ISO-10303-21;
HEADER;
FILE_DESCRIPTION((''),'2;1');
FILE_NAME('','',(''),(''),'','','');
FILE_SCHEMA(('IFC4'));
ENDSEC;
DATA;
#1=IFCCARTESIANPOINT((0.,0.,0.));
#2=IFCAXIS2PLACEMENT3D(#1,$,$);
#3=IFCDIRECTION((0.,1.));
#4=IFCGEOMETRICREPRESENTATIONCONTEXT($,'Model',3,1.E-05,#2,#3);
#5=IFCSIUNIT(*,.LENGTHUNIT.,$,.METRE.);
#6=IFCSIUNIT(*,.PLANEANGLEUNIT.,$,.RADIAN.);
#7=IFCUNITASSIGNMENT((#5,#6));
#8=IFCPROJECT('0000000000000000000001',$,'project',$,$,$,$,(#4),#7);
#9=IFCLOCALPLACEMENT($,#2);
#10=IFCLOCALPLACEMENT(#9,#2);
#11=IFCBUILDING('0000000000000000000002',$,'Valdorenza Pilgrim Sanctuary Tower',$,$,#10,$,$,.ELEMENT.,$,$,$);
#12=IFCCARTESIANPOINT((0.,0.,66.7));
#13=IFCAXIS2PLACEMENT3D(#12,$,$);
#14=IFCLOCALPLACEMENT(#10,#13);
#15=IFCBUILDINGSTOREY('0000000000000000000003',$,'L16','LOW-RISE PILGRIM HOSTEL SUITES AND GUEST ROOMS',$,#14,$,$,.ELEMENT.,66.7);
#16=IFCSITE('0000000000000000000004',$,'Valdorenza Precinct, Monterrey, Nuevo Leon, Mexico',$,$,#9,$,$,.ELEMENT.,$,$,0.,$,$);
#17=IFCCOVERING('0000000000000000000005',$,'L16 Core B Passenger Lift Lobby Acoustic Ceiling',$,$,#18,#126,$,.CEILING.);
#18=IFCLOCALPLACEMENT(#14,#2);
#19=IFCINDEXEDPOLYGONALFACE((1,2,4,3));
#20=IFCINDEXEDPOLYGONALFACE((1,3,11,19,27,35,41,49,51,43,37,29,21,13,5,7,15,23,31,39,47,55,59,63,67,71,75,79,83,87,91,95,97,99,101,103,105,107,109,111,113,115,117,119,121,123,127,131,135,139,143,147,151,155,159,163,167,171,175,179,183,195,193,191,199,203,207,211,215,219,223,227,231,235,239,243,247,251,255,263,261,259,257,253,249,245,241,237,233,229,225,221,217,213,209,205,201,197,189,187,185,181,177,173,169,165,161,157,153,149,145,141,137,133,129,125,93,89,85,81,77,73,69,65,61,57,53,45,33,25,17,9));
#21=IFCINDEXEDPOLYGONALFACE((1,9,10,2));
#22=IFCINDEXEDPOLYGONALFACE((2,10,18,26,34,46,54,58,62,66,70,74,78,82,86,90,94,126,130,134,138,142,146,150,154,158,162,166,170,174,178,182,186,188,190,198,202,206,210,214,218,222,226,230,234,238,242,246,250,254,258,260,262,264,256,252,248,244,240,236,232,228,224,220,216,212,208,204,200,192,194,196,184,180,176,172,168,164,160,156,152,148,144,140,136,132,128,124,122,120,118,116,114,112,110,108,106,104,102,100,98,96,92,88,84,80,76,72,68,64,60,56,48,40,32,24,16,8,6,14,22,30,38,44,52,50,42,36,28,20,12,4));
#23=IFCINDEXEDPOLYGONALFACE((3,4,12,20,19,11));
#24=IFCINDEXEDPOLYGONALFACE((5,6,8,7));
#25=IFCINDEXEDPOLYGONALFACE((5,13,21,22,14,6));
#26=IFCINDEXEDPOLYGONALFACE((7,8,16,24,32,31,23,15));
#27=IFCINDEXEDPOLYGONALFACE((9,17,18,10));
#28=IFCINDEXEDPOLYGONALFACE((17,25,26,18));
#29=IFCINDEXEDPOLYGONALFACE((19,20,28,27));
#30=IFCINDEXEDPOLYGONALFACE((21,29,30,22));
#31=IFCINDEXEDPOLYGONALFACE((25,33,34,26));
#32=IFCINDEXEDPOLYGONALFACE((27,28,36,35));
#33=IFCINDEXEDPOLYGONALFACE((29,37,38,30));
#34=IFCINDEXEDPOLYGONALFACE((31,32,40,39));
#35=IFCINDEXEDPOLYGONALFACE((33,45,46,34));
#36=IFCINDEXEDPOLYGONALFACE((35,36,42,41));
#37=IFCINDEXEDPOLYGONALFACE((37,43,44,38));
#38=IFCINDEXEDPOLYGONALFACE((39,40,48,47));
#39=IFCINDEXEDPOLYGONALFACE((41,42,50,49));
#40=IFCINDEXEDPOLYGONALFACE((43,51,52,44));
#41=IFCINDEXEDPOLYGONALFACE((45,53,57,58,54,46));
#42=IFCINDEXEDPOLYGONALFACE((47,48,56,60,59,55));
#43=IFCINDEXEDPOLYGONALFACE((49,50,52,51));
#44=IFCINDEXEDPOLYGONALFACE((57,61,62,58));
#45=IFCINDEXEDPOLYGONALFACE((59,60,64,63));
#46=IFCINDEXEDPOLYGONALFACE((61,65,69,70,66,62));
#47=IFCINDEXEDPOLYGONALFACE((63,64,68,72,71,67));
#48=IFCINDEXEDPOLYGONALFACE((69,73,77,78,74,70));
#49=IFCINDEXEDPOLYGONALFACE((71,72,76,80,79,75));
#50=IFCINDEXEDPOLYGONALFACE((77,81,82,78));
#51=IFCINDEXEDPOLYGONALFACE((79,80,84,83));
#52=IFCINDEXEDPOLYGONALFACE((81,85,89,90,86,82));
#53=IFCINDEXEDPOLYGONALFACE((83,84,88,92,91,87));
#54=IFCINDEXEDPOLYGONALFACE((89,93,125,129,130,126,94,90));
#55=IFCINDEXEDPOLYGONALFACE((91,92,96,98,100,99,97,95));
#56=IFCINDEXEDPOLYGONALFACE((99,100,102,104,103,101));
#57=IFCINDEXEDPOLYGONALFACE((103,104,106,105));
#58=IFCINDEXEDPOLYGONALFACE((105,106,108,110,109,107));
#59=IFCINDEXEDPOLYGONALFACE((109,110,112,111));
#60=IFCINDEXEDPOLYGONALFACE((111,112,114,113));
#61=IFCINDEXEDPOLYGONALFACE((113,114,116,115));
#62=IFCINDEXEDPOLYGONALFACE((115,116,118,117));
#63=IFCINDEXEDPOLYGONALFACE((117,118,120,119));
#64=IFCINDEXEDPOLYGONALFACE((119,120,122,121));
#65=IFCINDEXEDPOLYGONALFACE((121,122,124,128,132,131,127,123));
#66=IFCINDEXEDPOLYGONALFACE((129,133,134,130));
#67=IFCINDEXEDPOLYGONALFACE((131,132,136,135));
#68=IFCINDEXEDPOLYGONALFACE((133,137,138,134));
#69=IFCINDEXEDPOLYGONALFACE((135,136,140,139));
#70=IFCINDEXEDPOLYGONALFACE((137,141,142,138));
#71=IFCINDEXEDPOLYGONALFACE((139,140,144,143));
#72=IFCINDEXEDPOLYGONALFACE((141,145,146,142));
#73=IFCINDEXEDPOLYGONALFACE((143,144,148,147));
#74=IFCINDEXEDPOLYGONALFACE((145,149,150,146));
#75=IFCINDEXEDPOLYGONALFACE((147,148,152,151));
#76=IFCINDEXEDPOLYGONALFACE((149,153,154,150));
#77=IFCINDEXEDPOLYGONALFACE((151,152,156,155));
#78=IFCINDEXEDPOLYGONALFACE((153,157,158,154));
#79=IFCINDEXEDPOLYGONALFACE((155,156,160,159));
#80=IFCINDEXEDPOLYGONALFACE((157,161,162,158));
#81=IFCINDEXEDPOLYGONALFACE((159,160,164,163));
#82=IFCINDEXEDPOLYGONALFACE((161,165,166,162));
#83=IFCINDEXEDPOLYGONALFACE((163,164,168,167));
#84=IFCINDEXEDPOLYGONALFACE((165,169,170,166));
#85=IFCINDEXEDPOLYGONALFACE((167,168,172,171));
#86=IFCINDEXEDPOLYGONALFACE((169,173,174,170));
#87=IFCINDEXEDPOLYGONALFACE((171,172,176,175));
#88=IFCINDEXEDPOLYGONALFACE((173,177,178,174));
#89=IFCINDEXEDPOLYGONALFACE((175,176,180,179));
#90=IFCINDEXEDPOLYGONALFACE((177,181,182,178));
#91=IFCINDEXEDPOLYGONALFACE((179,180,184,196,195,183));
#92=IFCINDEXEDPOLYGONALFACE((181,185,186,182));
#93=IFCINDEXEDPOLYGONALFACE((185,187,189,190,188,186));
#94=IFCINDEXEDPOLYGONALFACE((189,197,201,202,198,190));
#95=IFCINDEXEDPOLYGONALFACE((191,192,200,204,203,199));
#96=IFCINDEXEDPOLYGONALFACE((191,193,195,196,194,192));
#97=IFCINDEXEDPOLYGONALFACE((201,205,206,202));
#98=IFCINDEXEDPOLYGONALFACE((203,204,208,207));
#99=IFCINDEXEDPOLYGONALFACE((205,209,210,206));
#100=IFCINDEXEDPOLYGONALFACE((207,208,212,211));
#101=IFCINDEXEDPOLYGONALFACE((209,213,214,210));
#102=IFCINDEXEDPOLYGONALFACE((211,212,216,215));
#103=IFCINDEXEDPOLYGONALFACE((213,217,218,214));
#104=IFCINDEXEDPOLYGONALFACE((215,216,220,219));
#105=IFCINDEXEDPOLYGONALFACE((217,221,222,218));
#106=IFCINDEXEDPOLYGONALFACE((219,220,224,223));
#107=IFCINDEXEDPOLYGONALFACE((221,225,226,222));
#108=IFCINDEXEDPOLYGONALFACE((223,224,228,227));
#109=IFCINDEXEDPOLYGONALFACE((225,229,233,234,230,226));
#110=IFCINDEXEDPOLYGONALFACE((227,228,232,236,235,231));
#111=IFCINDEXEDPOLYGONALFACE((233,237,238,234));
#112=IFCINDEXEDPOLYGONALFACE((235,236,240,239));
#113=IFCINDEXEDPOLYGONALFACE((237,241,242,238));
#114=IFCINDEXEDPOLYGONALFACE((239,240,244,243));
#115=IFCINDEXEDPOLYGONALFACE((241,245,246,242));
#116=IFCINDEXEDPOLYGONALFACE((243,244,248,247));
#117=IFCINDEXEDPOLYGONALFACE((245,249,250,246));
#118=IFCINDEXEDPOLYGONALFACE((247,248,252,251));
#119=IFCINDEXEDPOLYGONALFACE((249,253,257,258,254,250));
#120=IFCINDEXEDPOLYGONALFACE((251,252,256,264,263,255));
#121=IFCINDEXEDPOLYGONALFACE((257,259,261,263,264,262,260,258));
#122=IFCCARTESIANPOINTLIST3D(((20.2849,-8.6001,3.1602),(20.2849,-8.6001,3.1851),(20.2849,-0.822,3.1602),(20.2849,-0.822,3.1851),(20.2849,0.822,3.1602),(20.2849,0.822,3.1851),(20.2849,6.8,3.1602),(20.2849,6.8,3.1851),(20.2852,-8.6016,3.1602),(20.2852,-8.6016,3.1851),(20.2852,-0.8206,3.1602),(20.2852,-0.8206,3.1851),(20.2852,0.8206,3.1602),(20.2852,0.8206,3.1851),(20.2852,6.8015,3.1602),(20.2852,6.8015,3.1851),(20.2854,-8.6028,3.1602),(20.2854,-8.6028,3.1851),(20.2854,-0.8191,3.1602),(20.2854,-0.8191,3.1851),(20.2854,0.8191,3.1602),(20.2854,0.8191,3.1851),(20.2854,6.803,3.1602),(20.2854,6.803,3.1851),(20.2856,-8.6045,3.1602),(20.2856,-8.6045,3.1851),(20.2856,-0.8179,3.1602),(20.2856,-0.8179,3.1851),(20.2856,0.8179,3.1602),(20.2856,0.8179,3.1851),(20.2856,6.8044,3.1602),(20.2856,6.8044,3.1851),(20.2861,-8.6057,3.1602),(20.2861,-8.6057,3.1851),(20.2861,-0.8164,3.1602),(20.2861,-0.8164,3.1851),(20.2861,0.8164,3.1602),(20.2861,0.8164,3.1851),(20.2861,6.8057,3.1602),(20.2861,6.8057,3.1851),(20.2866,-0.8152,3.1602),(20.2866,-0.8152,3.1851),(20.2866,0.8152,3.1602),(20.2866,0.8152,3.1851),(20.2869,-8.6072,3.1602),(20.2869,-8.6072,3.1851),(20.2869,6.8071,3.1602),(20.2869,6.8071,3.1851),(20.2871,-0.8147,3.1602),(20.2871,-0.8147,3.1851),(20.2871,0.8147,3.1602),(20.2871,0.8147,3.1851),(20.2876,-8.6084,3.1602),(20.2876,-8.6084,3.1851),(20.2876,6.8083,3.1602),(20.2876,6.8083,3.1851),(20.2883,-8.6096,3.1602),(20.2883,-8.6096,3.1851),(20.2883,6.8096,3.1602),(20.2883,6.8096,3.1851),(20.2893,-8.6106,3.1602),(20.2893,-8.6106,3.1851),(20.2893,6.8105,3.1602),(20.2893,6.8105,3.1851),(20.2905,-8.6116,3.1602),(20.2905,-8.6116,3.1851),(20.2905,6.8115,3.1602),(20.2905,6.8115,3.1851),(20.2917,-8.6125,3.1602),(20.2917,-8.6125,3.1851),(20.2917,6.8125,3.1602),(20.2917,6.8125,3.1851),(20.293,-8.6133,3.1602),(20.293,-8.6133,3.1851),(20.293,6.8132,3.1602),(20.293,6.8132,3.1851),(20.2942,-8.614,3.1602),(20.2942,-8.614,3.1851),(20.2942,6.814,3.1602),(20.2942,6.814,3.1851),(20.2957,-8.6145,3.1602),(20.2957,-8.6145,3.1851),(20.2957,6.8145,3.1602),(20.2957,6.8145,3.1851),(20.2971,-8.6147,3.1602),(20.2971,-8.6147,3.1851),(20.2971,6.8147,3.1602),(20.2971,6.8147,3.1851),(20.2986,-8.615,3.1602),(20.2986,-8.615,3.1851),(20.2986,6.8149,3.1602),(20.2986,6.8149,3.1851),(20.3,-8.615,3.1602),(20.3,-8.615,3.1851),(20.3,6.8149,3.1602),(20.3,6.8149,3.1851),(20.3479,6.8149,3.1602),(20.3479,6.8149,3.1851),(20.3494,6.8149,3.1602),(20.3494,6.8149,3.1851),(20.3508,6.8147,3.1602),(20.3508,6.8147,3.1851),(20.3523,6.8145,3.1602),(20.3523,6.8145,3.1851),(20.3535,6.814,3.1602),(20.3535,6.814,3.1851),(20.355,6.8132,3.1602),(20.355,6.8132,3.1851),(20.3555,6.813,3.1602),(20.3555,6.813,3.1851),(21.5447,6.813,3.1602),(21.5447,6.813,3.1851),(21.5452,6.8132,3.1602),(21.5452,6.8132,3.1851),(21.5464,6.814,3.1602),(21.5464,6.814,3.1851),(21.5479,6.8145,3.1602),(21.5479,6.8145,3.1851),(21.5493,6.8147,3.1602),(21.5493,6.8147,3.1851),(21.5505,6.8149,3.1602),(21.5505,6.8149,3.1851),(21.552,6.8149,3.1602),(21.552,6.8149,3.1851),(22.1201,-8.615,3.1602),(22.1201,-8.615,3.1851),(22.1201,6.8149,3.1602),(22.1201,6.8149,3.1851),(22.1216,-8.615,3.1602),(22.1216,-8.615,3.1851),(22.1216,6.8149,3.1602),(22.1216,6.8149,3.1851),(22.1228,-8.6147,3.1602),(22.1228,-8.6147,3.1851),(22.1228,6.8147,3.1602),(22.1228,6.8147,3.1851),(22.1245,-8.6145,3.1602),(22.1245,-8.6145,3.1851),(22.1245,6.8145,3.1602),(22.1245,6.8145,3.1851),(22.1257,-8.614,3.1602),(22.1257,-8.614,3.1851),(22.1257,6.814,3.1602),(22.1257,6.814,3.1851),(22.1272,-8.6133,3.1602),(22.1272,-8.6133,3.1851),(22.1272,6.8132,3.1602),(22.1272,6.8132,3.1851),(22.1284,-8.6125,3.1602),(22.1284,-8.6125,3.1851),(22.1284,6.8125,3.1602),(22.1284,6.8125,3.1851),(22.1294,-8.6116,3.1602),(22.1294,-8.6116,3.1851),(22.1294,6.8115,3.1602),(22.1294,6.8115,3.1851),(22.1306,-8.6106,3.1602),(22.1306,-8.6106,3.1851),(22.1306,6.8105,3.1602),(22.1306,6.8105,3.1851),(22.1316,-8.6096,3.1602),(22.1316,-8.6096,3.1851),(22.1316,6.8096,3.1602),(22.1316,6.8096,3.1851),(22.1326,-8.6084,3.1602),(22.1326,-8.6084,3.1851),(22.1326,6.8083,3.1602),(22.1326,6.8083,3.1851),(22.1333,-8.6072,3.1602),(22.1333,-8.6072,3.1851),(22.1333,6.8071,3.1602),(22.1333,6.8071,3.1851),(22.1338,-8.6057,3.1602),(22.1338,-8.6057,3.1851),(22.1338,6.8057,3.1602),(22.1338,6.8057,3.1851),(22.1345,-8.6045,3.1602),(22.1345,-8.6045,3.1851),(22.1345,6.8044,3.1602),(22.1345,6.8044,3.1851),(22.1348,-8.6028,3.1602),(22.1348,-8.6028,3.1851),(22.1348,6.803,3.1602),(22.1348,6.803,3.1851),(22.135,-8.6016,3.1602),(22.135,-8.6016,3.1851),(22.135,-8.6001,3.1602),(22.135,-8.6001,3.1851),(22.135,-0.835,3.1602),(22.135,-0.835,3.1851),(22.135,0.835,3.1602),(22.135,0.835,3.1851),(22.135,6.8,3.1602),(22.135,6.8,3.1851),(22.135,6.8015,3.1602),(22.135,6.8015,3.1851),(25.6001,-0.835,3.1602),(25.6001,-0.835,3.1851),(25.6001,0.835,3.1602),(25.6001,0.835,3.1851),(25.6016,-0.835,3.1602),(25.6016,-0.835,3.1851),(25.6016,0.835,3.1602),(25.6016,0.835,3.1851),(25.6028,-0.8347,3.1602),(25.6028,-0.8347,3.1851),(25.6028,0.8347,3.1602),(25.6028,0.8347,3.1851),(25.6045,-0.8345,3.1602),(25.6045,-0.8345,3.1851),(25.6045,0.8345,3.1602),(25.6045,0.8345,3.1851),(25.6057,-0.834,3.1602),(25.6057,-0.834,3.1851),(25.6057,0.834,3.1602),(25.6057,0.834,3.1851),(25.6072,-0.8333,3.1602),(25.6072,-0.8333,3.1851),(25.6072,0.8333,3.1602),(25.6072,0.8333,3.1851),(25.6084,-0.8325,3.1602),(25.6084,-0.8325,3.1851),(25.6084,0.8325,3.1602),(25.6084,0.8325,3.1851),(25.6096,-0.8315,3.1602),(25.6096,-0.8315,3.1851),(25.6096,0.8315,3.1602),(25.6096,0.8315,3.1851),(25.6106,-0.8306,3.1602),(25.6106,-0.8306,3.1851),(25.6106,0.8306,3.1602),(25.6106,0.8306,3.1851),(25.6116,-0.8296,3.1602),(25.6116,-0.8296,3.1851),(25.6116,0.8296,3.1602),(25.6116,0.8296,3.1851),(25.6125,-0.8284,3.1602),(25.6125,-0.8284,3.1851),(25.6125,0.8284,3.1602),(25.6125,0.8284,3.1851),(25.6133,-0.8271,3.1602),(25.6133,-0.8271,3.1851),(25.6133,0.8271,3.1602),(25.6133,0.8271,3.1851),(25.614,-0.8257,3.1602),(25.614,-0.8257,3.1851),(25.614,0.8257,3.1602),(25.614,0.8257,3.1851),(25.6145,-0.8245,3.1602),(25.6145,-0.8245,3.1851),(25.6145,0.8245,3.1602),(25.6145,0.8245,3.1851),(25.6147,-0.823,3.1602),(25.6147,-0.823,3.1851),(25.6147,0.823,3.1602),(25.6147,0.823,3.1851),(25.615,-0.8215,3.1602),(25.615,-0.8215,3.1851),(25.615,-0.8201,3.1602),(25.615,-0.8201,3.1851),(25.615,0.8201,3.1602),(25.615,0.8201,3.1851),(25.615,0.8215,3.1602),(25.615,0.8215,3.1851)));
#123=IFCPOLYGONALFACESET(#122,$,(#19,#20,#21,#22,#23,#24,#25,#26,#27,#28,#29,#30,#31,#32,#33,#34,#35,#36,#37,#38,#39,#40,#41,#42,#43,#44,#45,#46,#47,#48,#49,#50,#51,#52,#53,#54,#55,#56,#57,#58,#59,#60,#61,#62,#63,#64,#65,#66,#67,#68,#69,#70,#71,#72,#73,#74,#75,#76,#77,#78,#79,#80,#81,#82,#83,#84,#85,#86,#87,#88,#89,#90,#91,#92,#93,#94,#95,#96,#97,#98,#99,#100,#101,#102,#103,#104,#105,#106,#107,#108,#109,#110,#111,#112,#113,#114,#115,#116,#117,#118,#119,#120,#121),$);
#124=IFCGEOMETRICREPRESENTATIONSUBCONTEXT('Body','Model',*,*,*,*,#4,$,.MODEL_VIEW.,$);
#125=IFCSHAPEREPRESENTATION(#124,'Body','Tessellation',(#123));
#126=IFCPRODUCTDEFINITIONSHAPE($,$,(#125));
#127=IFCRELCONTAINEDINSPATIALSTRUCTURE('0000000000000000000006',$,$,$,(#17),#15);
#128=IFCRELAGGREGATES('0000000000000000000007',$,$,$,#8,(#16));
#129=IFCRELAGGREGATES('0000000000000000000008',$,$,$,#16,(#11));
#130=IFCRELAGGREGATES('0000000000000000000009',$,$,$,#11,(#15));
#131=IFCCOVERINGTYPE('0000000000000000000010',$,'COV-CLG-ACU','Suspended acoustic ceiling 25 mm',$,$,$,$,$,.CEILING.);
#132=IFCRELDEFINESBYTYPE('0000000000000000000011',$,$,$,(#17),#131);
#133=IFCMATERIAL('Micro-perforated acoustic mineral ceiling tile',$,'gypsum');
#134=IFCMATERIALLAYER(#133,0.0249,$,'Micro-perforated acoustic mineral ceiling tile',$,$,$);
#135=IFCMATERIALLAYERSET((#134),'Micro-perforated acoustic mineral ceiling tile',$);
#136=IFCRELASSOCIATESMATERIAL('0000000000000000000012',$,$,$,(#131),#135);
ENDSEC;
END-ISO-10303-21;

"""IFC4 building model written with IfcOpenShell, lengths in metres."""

from ifc_helpers import new_model, si_unit, direction, frame, origin, place, context, subcontext, project, spatial, polyline, outline, extrude, material, layer, layer_set, type_object, element, save


model = new_model("IFC4")

# Units and contexts
model_context = context("Model", 3, precision=1e-05, world=origin(), true_north=direction((0.0, 1.0)))
body_context = subcontext(model_context, "Body", "Model", "MODEL_VIEW")
ifc_project = project(units=[si_unit("LENGTHUNIT", "METRE"), si_unit("PLANEANGLEUNIT", "RADIAN")], contexts=[model_context])

# Site, building, storey
site_placement = place(None, origin())
site = spatial("IfcSite", under=ifc_project, at=site_placement, Name="Valdorenza Precinct, Monterrey, Nuevo Leon, Mexico", CompositionType="ELEMENT", RefElevation=0.0)
building_placement = place(site_placement, origin())
building = spatial("IfcBuilding", under=site, at=building_placement, Name="Valdorenza Pilgrim Sanctuary Tower", CompositionType="ELEMENT")
storey_placement = place(building_placement, frame((0.0, 0.0, 66.7)))
storey = spatial("IfcBuildingStorey", under=building, at=storey_placement, Name="L16", Description="LOW-RISE PILGRIM HOSTEL SUITES AND GUEST ROOMS", CompositionType="ELEMENT", Elevation=66.7)

# Covering
ifc_material_1 = material(Name="Micro-perforated acoustic mineral ceiling tile", Category="gypsum")
ifc_layer_1 = layer(ifc_material_1, 0.0249, Name="Micro-perforated acoustic mineral ceiling tile")
ifc_layer_set_1 = layer_set([ifc_layer_1], Name="Micro-perforated acoustic mineral ceiling tile")
covering_type_1 = type_object("IfcCoveringType", Name="COV-CLG-ACU", Description="Suspended acoustic ceiling 25 mm", PredefinedType="CEILING", material=ifc_layer_set_1)
covering_1_placement = place(storey_placement, frame((0.0, 0.0, 3.1602)))
element("IfcCovering", 1, at=covering_1_placement, inside=storey, type_object=covering_type_1, Name="L16 Core B Passenger Lift Lobby Acoustic Ceiling", PredefinedType="CEILING", context=body_context, shape_type="SweptSolid", body=[
    extrude(outline(polyline([(20.2871, -0.8147), (20.2871, 0.8147), (20.2866, 0.8152), (20.2861, 0.8164), (20.2856, 0.8179), (20.2854, 0.8191), (20.2852, 0.8206), (20.2849, 0.822), (20.2849, 6.8), (20.2852, 6.8015), (20.2854, 6.803), (20.2856, 6.8044), (20.2861, 6.8057), (20.2869, 6.8071), (20.2876, 6.8083), (20.2883, 6.8096), (20.2893, 6.8105), (20.2905, 6.8115), (20.2917, 6.8125), (20.293, 6.8132), (20.2942, 6.814), (20.2957, 6.8145), (20.2971, 6.8147), (20.2986, 6.8149), (20.3, 6.8149), (20.3479, 6.8149), (20.3494, 6.8149), (20.3508, 6.8147), (20.3523, 6.8145), (20.3535, 6.814), (20.355, 6.8132), (20.3555, 6.813), (21.5447, 6.813), (21.5452, 6.8132), (21.5464, 6.814), (21.5479, 6.8145), (21.5493, 6.8147), (21.5505, 6.8149), (21.552, 6.8149), (22.1201, 6.8149), (22.1216, 6.8149), (22.1228, 6.8147), (22.1245, 6.8145), (22.1257, 6.814), (22.1272, 6.8132), (22.1284, 6.8125), (22.1294, 6.8115), (22.1306, 6.8105), (22.1316, 6.8096), (22.1326, 6.8083), (22.1333, 6.8071), (22.1338, 6.8057), (22.1345, 6.8044), (22.1348, 6.803), (22.135, 6.8015), (22.135, 6.8), (22.135, 0.835), (25.6001, 0.835), (25.6016, 0.835), (25.6028, 0.8347), (25.6045, 0.8345), (25.6057, 0.834), (25.6072, 0.8333), (25.6084, 0.8325), (25.6096, 0.8315), (25.6106, 0.8306), (25.6116, 0.8296), (25.6125, 0.8284), (25.6133, 0.8271), (25.614, 0.8257), (25.6145, 0.8245), (25.6147, 0.823), (25.615, 0.8215), (25.615, 0.8201), (25.615, -0.8201), (25.615, -0.8215), (25.6147, -0.823), (25.6145, -0.8245), (25.614, -0.8257), (25.6133, -0.8271), (25.6125, -0.8284), (25.6116, -0.8296), (25.6106, -0.8306), (25.6096, -0.8315), (25.6084, -0.8325), (25.6072, -0.8333), (25.6057, -0.834), (25.6045, -0.8345), (25.6028, -0.8347), (25.6016, -0.835), (25.6001, -0.835), (22.135, -0.835), (22.135, -8.6001), (22.135, -8.6016), (22.1348, -8.6028), (22.1345, -8.6045), (22.1338, -8.6057), (22.1333, -8.6072), (22.1326, -8.6084), (22.1316, -8.6096), (22.1306, -8.6106), (22.1294, -8.6116), (22.1284, -8.6125), (22.1272, -8.6133), (22.1257, -8.614), (22.1245, -8.6145), (22.1228, -8.6147), (22.1216, -8.615), (22.1201, -8.615), (20.3, -8.615), (20.2986, -8.615), (20.2971, -8.6147), (20.2957, -8.6145), (20.2942, -8.614), (20.293, -8.6133), (20.2917, -8.6125), (20.2905, -8.6116), (20.2893, -8.6106), (20.2883, -8.6096), (20.2876, -8.6084), (20.2869, -8.6072), (20.2861, -8.6057), (20.2856, -8.6045), (20.2854, -8.6028), (20.2852, -8.6016), (20.2849, -8.6001), (20.2849, -0.822), (20.2852, -0.8206), (20.2854, -0.8191), (20.2856, -0.8179), (20.2861, -0.8164), (20.2866, -0.8152), (20.2871, -0.8147)])), origin(), (0.0, 0.0, 1.0), 0.0249),
])

save(model, "model.ifc")
